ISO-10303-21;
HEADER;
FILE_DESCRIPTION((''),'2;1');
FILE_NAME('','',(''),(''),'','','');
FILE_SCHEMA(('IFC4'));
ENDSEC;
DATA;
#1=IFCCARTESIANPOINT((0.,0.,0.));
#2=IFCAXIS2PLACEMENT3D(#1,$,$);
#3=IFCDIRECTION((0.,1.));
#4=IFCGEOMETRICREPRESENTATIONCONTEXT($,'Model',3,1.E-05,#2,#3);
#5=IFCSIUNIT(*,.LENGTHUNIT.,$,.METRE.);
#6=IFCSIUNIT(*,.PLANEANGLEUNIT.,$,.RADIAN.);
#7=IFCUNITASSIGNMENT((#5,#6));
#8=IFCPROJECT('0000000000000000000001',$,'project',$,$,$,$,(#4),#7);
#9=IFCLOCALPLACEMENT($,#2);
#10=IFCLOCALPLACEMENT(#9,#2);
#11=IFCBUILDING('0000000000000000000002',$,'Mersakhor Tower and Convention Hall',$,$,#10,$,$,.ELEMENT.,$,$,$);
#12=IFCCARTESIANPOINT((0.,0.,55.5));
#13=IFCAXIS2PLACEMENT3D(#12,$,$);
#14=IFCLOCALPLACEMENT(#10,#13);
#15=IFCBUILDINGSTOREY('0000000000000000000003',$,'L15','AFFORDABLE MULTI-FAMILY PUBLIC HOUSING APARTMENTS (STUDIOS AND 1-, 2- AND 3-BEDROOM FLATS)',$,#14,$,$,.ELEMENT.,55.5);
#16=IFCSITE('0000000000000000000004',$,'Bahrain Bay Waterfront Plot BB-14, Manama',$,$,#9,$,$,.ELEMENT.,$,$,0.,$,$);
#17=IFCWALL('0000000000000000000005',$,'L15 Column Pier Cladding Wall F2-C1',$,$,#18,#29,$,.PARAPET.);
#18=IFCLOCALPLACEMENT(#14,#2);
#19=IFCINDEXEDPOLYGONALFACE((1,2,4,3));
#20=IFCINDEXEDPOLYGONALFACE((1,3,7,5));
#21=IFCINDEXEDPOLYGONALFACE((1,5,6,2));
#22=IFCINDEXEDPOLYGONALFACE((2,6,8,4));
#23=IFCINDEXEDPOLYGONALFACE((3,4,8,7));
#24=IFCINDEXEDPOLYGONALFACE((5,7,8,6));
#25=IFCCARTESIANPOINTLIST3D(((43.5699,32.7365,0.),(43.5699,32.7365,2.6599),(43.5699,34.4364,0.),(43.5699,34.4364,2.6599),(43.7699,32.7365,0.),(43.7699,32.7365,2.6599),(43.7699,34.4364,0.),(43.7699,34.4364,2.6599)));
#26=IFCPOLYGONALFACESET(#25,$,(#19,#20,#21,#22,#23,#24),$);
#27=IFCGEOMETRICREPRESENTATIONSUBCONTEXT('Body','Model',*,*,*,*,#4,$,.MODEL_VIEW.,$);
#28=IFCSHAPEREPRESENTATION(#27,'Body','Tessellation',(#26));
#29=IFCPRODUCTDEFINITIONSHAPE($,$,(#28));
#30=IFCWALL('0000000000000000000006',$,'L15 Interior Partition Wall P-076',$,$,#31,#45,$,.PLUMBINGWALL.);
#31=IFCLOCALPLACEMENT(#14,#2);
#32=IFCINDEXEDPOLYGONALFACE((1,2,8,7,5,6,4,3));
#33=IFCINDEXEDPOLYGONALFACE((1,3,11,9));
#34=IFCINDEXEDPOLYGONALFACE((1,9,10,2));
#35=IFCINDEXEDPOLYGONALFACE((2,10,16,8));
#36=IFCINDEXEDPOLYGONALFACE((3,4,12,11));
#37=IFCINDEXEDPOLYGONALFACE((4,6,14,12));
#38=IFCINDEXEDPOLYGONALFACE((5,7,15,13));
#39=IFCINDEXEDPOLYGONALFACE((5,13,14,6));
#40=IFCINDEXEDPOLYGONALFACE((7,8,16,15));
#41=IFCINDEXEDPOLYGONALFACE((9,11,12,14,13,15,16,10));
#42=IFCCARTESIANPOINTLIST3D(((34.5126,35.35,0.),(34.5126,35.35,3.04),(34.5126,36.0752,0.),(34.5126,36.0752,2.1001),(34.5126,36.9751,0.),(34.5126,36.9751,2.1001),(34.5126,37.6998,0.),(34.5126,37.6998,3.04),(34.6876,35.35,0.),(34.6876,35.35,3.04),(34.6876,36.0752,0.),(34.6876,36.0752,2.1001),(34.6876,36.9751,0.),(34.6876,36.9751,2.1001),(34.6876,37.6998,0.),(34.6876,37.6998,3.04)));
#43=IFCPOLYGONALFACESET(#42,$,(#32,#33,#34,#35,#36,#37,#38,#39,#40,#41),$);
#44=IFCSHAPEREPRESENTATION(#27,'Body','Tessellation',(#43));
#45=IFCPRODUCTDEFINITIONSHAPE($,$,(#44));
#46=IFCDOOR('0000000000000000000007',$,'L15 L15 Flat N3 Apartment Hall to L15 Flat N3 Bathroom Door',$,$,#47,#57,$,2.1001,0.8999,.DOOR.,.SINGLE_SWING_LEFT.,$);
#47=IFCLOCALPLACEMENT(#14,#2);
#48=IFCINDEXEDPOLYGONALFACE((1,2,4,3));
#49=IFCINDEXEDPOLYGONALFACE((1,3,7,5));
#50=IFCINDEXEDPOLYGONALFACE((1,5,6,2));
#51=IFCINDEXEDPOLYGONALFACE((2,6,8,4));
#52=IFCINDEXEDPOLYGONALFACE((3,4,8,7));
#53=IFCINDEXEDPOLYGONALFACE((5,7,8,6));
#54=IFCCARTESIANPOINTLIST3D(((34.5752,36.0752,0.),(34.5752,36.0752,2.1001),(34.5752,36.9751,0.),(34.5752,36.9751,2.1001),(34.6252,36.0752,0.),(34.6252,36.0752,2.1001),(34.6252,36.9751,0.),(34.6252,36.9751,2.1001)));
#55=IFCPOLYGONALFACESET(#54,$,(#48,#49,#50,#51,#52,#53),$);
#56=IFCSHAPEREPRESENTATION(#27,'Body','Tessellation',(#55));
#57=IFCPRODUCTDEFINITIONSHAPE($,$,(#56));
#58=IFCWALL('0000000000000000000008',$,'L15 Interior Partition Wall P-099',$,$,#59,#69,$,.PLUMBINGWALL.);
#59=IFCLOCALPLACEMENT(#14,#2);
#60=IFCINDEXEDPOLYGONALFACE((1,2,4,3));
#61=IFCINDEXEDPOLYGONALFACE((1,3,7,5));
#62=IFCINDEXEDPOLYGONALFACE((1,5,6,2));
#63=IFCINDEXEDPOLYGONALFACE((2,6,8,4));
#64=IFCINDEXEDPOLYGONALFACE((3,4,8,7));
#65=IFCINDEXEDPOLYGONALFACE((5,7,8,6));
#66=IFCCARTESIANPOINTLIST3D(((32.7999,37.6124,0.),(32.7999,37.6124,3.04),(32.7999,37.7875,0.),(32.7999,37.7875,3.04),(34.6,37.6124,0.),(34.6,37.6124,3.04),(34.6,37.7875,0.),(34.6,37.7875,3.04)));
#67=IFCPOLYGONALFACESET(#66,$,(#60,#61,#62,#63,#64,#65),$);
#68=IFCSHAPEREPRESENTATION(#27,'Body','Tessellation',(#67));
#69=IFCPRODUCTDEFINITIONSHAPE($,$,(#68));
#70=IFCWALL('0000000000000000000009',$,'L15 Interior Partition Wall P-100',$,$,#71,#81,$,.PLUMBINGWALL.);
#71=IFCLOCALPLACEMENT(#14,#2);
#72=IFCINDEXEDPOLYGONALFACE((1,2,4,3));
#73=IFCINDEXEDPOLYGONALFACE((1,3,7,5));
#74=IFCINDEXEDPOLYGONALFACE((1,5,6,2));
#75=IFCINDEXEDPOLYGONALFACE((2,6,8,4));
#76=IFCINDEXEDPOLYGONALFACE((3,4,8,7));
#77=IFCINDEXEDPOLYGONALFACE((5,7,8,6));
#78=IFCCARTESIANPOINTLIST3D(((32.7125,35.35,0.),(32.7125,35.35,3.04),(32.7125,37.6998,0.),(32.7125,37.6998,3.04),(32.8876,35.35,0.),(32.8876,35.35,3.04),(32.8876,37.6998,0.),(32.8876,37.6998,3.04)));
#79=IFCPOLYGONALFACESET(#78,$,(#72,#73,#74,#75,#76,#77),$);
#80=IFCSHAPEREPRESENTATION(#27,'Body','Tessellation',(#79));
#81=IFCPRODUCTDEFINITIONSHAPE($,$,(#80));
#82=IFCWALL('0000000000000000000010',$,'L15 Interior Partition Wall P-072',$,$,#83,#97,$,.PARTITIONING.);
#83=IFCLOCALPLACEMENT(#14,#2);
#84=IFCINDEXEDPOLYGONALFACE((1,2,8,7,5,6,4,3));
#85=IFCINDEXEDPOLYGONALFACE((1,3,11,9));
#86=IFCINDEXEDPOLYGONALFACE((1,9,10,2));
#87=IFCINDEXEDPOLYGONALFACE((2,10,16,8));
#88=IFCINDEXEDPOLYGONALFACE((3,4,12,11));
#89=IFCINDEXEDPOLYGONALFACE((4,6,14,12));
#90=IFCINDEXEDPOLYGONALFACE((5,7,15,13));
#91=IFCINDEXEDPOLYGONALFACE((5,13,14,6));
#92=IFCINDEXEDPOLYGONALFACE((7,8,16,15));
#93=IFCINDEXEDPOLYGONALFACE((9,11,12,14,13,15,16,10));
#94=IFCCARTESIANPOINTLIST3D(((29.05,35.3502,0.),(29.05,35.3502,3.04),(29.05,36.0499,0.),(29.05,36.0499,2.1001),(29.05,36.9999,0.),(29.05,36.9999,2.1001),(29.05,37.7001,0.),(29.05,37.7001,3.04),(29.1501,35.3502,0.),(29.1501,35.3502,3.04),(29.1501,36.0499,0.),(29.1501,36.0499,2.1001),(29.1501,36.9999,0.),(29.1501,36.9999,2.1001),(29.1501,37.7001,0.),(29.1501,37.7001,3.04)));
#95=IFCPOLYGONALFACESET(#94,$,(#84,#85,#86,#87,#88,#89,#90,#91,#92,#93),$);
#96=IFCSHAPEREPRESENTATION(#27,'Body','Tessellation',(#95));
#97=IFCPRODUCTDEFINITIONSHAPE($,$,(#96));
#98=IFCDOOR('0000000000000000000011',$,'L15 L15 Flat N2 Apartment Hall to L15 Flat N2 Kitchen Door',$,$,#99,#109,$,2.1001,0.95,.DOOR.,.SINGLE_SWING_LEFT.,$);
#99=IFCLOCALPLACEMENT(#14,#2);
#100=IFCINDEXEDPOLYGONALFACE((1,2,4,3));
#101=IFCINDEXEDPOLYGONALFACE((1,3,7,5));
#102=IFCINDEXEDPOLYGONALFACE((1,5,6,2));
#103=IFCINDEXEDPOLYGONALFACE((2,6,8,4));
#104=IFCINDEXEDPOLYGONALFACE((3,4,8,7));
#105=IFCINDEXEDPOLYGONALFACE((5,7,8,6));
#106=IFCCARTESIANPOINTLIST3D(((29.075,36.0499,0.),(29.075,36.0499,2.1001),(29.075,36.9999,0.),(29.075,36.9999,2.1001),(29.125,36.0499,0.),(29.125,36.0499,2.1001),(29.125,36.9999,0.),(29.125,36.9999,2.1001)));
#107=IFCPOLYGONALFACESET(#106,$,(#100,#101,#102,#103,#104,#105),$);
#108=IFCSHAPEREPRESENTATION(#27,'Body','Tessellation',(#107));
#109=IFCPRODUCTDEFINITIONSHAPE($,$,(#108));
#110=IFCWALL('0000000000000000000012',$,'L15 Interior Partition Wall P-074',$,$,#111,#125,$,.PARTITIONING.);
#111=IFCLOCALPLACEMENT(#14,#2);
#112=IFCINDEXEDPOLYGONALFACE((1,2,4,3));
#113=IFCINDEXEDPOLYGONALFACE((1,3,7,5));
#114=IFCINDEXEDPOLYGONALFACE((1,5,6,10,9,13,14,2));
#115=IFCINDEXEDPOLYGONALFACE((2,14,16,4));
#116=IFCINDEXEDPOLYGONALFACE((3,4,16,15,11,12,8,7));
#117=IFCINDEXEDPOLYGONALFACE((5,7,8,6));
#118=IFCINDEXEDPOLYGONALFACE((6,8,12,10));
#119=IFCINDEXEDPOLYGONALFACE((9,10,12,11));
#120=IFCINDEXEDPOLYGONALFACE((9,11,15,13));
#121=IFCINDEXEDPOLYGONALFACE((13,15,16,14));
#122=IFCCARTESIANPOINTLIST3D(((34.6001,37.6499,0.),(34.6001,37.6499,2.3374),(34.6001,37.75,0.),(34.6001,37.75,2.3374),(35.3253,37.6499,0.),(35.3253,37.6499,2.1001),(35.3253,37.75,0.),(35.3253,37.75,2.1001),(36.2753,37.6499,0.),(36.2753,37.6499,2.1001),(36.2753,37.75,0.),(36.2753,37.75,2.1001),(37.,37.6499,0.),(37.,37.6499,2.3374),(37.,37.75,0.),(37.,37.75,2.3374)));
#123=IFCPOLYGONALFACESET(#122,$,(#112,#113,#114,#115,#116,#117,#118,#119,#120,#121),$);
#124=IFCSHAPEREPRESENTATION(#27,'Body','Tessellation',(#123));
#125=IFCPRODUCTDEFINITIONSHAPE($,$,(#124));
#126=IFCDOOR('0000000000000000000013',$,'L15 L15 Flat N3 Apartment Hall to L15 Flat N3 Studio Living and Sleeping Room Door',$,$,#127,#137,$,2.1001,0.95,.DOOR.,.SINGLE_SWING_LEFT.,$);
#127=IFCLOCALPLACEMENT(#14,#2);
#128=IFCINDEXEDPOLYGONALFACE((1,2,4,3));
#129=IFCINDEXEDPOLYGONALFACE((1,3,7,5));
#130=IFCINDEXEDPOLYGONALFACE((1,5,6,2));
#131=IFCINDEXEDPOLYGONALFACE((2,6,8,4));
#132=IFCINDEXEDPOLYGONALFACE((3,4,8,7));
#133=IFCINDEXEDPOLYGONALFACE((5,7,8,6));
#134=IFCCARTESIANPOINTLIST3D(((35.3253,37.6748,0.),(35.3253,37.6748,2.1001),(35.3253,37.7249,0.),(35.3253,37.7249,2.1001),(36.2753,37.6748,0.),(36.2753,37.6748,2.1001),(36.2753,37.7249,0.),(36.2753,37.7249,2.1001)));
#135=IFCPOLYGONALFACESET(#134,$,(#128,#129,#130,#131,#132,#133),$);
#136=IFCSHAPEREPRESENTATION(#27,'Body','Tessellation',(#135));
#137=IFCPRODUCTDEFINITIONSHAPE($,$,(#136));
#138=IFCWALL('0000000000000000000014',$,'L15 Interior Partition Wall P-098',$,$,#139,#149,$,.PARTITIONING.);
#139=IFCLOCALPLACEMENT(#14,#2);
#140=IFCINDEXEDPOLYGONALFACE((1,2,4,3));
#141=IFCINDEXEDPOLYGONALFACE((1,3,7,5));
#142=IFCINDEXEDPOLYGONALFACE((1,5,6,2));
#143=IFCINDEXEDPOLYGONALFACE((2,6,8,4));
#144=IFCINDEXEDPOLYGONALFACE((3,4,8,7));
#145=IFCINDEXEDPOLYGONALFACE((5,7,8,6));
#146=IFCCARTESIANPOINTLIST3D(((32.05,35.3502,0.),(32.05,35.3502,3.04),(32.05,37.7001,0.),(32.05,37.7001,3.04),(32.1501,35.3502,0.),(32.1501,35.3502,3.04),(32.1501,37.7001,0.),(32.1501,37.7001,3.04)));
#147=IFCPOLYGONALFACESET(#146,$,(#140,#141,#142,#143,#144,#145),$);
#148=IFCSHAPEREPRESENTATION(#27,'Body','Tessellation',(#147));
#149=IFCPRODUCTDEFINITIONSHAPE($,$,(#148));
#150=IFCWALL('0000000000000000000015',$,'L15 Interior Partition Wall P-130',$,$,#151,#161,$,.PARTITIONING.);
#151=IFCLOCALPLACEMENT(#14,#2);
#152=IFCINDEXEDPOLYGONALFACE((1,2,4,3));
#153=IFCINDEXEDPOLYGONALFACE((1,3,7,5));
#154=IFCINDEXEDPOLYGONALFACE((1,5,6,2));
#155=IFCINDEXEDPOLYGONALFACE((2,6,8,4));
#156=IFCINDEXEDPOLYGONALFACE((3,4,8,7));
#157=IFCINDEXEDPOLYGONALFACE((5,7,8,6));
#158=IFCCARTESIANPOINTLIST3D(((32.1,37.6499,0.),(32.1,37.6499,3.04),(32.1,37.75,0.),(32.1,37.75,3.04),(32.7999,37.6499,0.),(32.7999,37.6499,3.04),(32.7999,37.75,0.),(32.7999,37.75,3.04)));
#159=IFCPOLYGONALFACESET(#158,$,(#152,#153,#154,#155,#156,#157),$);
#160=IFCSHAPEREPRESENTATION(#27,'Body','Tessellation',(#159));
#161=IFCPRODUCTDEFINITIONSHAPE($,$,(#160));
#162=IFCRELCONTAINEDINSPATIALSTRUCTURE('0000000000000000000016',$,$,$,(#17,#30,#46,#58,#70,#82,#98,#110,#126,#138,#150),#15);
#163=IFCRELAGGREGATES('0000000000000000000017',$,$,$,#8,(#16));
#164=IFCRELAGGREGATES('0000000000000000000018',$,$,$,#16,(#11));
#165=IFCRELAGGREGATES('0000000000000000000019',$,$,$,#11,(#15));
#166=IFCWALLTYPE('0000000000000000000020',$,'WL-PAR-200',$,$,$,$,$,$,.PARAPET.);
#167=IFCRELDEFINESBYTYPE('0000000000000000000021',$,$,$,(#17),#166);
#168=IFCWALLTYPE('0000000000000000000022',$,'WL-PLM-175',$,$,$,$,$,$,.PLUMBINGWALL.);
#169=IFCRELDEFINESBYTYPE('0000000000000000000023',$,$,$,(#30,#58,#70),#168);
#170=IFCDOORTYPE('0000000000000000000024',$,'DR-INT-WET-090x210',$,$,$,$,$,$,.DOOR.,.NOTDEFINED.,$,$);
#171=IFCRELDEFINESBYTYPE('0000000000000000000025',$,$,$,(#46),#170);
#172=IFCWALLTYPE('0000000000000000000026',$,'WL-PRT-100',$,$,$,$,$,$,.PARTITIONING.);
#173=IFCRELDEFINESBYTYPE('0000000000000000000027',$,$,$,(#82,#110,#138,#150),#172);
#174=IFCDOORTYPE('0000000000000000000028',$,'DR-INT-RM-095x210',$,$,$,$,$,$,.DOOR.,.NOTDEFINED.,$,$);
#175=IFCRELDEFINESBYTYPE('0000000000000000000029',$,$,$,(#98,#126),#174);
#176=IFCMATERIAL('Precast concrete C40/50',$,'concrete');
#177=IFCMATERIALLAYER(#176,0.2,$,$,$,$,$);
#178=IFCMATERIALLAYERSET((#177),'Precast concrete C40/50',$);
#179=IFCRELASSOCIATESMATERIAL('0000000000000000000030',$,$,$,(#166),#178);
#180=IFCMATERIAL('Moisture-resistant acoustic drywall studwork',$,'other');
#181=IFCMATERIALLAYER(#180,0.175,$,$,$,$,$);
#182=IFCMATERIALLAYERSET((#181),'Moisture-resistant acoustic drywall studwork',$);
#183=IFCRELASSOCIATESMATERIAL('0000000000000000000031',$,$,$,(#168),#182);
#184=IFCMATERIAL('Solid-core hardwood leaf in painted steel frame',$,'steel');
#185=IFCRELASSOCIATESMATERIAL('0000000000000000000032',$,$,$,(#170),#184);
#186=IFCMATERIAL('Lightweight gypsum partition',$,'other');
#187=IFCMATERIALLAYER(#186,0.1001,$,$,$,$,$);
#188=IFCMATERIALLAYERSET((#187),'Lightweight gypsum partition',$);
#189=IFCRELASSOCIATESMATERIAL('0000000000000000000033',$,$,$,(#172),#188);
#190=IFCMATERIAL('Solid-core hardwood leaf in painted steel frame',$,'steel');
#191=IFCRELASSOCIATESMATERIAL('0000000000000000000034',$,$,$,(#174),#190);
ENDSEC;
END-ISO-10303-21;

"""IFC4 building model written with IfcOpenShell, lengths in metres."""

from ifc_helpers import new_model, si_unit, direction, frame, frame_2d, origin, place, context, subcontext, project, spatial, rectangle, extrude, material, layer, layer_set, type_object, element, fill, save


model = new_model("IFC4")

# Units and contexts
model_context = context("Model", 3, precision=1e-05, world=origin(), true_north=direction((0.0, 1.0)))
body_context = subcontext(model_context, "Body", "Model", "MODEL_VIEW")
ifc_project = project(units=[si_unit("LENGTHUNIT", "METRE"), si_unit("PLANEANGLEUNIT", "RADIAN")], contexts=[model_context])

# Site, building, storey
site_placement = place(None, origin())
site = spatial("IfcSite", under=ifc_project, at=site_placement, Name="Bahrain Bay Waterfront Plot BB-14, Manama", CompositionType="ELEMENT", RefElevation=0.0)
building_placement = place(site_placement, origin())
building = spatial("IfcBuilding", under=site, at=building_placement, Name="Mersakhor Tower and Convention Hall", CompositionType="ELEMENT")
storey_placement = place(building_placement, frame((0.0, 0.0, 55.5)))
storey = spatial("IfcBuildingStorey", under=building, at=storey_placement, Name="L15", Description="AFFORDABLE MULTI-FAMILY PUBLIC HOUSING APARTMENTS (STUDIOS AND 1-, 2- AND 3-BEDROOM FLATS)", CompositionType="ELEMENT", Elevation=55.5)

# Wall
ifc_material_1 = material(Name="Precast concrete C40/50", Category="concrete")
ifc_layer_1 = layer(ifc_material_1, 0.2)
ifc_layer_set_1 = layer_set([ifc_layer_1], Name="Precast concrete C40/50")
wall_type_1 = type_object("IfcWallType", Name="WL-PAR-200", PredefinedType="PARAPET", material=ifc_layer_set_1)
wall_1_placement = place(storey_placement, frame((43.6699, 34.4365, 0.0), z_axis=(0.0, 0.0, 1.0), x_axis=(0.0, -1.0, 0.0)))
element("IfcWall", 1, at=wall_1_placement, inside=storey, type_object=wall_type_1, Name="L15 Column Pier Cladding Wall F2-C1", PredefinedType="PARAPET", context=body_context, shape_type="SweptSolid", body=[
    extrude(rectangle(XDim=1.7, YDim=0.2, at=frame_2d((0.8501, 0.0))), origin(), (0.0, 0.0, 1.0), 2.6599),
])

# Wall, opening, door
ifc_material_2 = material(Name="Moisture-resistant acoustic drywall studwork", Category="other")
ifc_layer_2 = layer(ifc_material_2, 0.175)
ifc_layer_set_2 = layer_set([ifc_layer_2], Name="Moisture-resistant acoustic drywall studwork")
wall_type_2 = type_object("IfcWallType", Name="WL-PLM-175", PredefinedType="PLUMBINGWALL", material=ifc_layer_set_2)
wall_2_placement = place(storey_placement, frame((34.6001, 35.3501, 0.0), z_axis=(0.0, 0.0, 1.0), x_axis=(0.0, 1.0, 0.0)))
wall_2 = element("IfcWall", 2, at=wall_2_placement, inside=storey, type_object=wall_type_2, Name="L15 Interior Partition Wall P-076", PredefinedType="PLUMBINGWALL", context=body_context, shape_type="SweptSolid", body=[
    extrude(rectangle(XDim=2.3499, YDim=0.175, at=frame_2d((1.1748, 0.0))), origin(), (0.0, 0.0, 1.0), 3.04),
])
opening_1_placement = place(wall_2_placement, frame((0.7251, 0.0, 0.0)))
opening_1 = element("IfcOpeningElement", 3, at=opening_1_placement, cuts=wall_2, PredefinedType="OPENING", context=body_context, shape_type="SweptSolid", body=[
    extrude(rectangle(XDim=0.8999, YDim=2.1001, at=frame_2d((0.45, 1.05))), frame((0.0, 0.0974, 0.0), z_axis=(0.0, -1.0, 0.0), x_axis=(1.0, 0.0, 0.0)), (0.0, 0.0, 1.0), 0.1951),
])
ifc_material_3 = material(Name="Solid-core hardwood leaf in painted steel frame", Category="steel")
door_type_1 = type_object("IfcDoorType", Name="DR-INT-WET-090x210", OperationType="NOTDEFINED", PredefinedType="DOOR", material=ifc_material_3)
door_1_placement = place(opening_1_placement, origin())
door_1 = element("IfcDoor", 4, at=door_1_placement, inside=storey, type_object=door_type_1, Name="L15 L15 Flat N3 Apartment Hall to L15 Flat N3 Bathroom Door", OperationType="SINGLE_SWING_LEFT", OverallHeight=2.1001, OverallWidth=0.8999, PredefinedType="DOOR", context=body_context, shape_type="SweptSolid", body=[
    extrude(rectangle(XDim=0.8999, YDim=2.1001, at=frame_2d((0.45, 1.05))), frame((0.0, 0.0249, 0.0), z_axis=(0.0, -1.0, 0.0), x_axis=(1.0, 0.0, 0.0)), (0.0, 0.0, 1.0), 0.05),
])
fill(opening_1, door_1)

# Walls
wall_3_placement = place(storey_placement, frame((32.8, 37.7, 0.0), z_axis=(0.0, 0.0, 1.0), x_axis=(1.0, 0.0, 0.0)))
element("IfcWall", 5, at=wall_3_placement, inside=storey, type_object=wall_type_2, Name="L15 Interior Partition Wall P-099", PredefinedType="PLUMBINGWALL", context=body_context, shape_type="SweptSolid", body=[
    extrude(rectangle(XDim=1.8, YDim=0.175, at=frame_2d((0.8999, 0.0))), origin(), (0.0, 0.0, 1.0), 3.04),
])
wall_4_placement = place(storey_placement, frame((32.8, 35.3501, 0.0), z_axis=(0.0, 0.0, 1.0), x_axis=(0.0, 1.0, 0.0)))
element("IfcWall", 6, at=wall_4_placement, inside=storey, type_object=wall_type_2, Name="L15 Interior Partition Wall P-100", PredefinedType="PLUMBINGWALL", context=body_context, shape_type="SweptSolid", body=[
    extrude(rectangle(XDim=2.3499, YDim=0.175, at=frame_2d((1.1748, 0.0))), origin(), (0.0, 0.0, 1.0), 3.04),
])

# Walls, openings, doors
ifc_material_4 = material(Name="Lightweight gypsum partition", Category="other")
ifc_layer_3 = layer(ifc_material_4, 0.1001)
ifc_layer_set_3 = layer_set([ifc_layer_3], Name="Lightweight gypsum partition")
wall_type_3 = type_object("IfcWallType", Name="WL-PRT-100", PredefinedType="PARTITIONING", material=ifc_layer_set_3)
wall_5_placement = place(storey_placement, frame((29.1001, 37.7, 0.0), z_axis=(0.0, 0.0, 1.0), x_axis=(0.0, -1.0, 0.0)))
wall_5 = element("IfcWall", 7, at=wall_5_placement, inside=storey, type_object=wall_type_3, Name="L15 Interior Partition Wall P-072", PredefinedType="PARTITIONING", context=body_context, shape_type="SweptSolid", body=[
    extrude(rectangle(XDim=2.3499, YDim=0.1001, at=frame_2d((1.1748, 0.0))), origin(), (0.0, 0.0, 1.0), 3.04),
])
opening_2_placement = place(wall_5_placement, frame((0.7, 0.0, 0.0)))
opening_2 = element("IfcOpeningElement", 8, at=opening_2_placement, cuts=wall_5, PredefinedType="OPENING", context=body_context, shape_type="SweptSolid", body=[
    extrude(rectangle(XDim=0.95, YDim=2.1001, at=frame_2d((0.4751, 1.05))), frame((0.0, 0.0601, 0.0), z_axis=(0.0, -1.0, 0.0), x_axis=(1.0, 0.0, 0.0)), (0.0, 0.0, 1.0), 0.1201),
])
ifc_material_5 = material(Name="Solid-core hardwood leaf in painted steel frame", Category="steel")
door_type_2 = type_object("IfcDoorType", Name="DR-INT-RM-095x210", OperationType="NOTDEFINED", PredefinedType="DOOR", material=ifc_material_5)
door_2_placement = place(opening_2_placement, origin())
door_2 = element("IfcDoor", 9, at=door_2_placement, inside=storey, type_object=door_type_2, Name="L15 L15 Flat N2 Apartment Hall to L15 Flat N2 Kitchen Door", OperationType="SINGLE_SWING_LEFT", OverallHeight=2.1001, OverallWidth=0.95, PredefinedType="DOOR", context=body_context, shape_type="SweptSolid", body=[
    extrude(rectangle(XDim=0.95, YDim=2.1001, at=frame_2d((0.4751, 1.05))), frame((0.0, 0.0249, 0.0), z_axis=(0.0, -1.0, 0.0), x_axis=(1.0, 0.0, 0.0)), (0.0, 0.0, 1.0), 0.05),
])
fill(opening_2, door_2)
wall_6_placement = place(storey_placement, frame((34.6001, 37.7, 0.0), z_axis=(0.0, 0.0, 1.0), x_axis=(1.0, 0.0, 0.0)))
wall_6 = element("IfcWall", 10, at=wall_6_placement, inside=storey, type_object=wall_type_3, Name="L15 Interior Partition Wall P-074", PredefinedType="PARTITIONING", context=body_context, shape_type="SweptSolid", body=[
    extrude(rectangle(XDim=2.3999, YDim=0.1001, at=frame_2d((1.2, 0.0))), origin(), (0.0, 0.0, 1.0), 2.3374),
])
opening_3_placement = place(wall_6_placement, frame((0.7251, 0.0, 0.0)))
opening_3 = element("IfcOpeningElement", 11, at=opening_3_placement, cuts=wall_6, PredefinedType="OPENING", context=body_context, shape_type="SweptSolid", body=[
    extrude(rectangle(XDim=0.95, YDim=2.1001, at=frame_2d((0.4751, 1.05))), frame((0.0, 0.0601, 0.0), z_axis=(0.0, -1.0, 0.0), x_axis=(1.0, 0.0, 0.0)), (0.0, 0.0, 1.0), 0.1201),
])
door_3_placement = place(opening_3_placement, origin())
door_3 = element("IfcDoor", 12, at=door_3_placement, inside=storey, type_object=door_type_2, Name="L15 L15 Flat N3 Apartment Hall to L15 Flat N3 Studio Living and Sleeping Room Door", OperationType="SINGLE_SWING_LEFT", OverallHeight=2.1001, OverallWidth=0.95, PredefinedType="DOOR", context=body_context, shape_type="SweptSolid", body=[
    extrude(rectangle(XDim=0.95, YDim=2.1001, at=frame_2d((0.4751, 1.05))), frame((0.0, 0.0249, 0.0), z_axis=(0.0, -1.0, 0.0), x_axis=(1.0, 0.0, 0.0)), (0.0, 0.0, 1.0), 0.05),
])
fill(opening_3, door_3)

# Walls
wall_7_placement = place(storey_placement, frame((32.1001, 37.7, 0.0), z_axis=(0.0, 0.0, 1.0), x_axis=(0.0, -1.0, 0.0)))
element("IfcWall", 13, at=wall_7_placement, inside=storey, type_object=wall_type_3, Name="L15 Interior Partition Wall P-098", PredefinedType="PARTITIONING", context=body_context, shape_type="SweptSolid", body=[
    extrude(rectangle(XDim=2.3499, YDim=0.1001, at=frame_2d((1.1748, 0.0))), origin(), (0.0, 0.0, 1.0), 3.04),
])
wall_8_placement = place(storey_placement, frame((32.8, 37.7, 0.0), z_axis=(0.0, 0.0, 1.0), x_axis=(-1.0, 0.0, 0.0)))
element("IfcWall", 14, at=wall_8_placement, inside=storey, type_object=wall_type_3, Name="L15 Interior Partition Wall P-130", PredefinedType="PARTITIONING", context=body_context, shape_type="SweptSolid", body=[
    extrude(rectangle(XDim=0.7, YDim=0.1001, at=frame_2d((0.3501, 0.0))), origin(), (0.0, 0.0, 1.0), 3.04),
])

save(model, "model.ifc")
